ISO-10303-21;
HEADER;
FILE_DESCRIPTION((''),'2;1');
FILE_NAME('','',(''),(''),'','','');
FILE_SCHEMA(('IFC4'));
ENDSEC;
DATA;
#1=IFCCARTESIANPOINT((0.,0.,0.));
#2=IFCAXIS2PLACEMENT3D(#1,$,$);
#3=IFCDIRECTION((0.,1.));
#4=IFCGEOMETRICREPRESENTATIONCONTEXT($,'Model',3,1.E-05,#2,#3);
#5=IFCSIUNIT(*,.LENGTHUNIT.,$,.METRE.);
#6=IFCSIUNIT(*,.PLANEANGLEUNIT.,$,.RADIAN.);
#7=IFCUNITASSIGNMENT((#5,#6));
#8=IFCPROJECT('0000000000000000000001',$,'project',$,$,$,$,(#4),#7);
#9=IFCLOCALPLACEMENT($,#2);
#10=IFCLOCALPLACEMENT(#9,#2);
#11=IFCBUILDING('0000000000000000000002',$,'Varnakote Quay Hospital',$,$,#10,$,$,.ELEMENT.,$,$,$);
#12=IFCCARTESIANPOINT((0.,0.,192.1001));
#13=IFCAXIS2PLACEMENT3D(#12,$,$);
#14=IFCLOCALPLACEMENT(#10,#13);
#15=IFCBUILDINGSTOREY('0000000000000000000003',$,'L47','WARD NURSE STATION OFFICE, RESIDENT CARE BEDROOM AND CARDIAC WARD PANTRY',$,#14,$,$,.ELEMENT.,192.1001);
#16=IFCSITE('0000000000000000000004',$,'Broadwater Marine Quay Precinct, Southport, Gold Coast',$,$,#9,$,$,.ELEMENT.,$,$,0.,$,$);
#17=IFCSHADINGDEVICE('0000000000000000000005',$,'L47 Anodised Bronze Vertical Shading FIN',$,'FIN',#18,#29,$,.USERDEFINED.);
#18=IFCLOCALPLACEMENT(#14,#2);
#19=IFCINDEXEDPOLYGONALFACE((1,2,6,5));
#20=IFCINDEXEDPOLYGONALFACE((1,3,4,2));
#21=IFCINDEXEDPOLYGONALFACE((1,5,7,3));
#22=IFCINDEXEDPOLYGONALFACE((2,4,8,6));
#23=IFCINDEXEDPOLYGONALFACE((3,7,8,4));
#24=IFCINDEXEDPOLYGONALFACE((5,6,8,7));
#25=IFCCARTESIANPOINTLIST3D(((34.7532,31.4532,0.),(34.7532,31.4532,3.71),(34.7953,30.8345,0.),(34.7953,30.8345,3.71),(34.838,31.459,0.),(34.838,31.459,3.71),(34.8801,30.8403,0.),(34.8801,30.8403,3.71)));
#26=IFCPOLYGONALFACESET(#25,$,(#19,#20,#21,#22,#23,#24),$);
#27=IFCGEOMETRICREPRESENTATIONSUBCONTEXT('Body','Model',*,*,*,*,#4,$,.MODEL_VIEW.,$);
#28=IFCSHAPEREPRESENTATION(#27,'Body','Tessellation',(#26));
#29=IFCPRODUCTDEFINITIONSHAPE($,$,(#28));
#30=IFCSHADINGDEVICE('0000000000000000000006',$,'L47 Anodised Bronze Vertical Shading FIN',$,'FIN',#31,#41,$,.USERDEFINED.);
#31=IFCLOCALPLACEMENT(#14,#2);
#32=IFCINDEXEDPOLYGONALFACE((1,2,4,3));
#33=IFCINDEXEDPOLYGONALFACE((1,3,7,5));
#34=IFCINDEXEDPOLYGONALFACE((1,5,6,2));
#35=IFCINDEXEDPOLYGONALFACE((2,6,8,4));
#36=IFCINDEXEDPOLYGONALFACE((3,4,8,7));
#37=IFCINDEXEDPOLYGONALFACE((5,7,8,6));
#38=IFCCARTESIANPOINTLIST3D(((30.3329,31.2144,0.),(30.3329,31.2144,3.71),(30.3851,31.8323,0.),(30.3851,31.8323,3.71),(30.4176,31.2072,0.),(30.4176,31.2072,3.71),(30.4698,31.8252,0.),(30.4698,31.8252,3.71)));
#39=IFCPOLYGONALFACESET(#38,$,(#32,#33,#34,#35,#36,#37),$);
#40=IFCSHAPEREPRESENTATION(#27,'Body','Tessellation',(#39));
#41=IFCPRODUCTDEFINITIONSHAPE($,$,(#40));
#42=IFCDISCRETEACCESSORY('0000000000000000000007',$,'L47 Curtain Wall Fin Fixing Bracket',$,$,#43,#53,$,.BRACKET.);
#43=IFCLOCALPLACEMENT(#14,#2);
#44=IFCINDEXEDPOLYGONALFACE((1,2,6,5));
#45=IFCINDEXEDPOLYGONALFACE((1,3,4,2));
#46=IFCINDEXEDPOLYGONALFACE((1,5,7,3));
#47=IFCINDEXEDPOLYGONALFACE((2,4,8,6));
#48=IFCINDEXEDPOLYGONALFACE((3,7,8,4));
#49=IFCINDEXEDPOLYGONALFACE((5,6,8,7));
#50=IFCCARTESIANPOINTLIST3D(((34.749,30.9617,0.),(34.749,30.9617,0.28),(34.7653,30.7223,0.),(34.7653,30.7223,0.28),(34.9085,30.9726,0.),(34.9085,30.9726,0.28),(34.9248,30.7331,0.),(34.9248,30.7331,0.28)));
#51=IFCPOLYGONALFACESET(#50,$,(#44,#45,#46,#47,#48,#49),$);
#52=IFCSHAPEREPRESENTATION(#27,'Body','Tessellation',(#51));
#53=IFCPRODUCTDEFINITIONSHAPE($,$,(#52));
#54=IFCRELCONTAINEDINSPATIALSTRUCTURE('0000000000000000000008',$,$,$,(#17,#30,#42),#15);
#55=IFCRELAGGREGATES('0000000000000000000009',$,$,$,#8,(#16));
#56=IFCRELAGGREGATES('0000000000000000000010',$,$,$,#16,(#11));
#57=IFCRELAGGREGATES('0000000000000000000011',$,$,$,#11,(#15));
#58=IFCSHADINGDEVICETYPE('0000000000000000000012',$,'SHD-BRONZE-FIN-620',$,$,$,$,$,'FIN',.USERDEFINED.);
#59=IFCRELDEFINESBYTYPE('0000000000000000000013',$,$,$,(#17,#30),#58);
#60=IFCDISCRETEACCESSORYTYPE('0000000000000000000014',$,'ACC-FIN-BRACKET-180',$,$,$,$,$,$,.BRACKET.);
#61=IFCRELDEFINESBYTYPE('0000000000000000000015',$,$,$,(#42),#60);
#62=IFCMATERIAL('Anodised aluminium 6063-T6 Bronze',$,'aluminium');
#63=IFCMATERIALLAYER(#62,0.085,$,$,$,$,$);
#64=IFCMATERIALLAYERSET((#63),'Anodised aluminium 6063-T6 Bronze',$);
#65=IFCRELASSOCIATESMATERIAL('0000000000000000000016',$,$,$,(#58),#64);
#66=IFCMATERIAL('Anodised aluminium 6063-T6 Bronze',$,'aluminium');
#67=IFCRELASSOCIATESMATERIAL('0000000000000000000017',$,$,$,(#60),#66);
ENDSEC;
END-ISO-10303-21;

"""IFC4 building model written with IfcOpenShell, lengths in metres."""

from ifc_helpers import new_model, si_unit, direction, frame, origin, origin_2d, place, context, subcontext, project, spatial, rectangle, extrude, material, layer, layer_set, type_object, element, save


model = new_model("IFC4")

# Units and contexts
model_context = context("Model", 3, precision=1e-05, world=origin(), true_north=direction((0.0, 1.0)))
body_context = subcontext(model_context, "Body", "Model", "MODEL_VIEW")
ifc_project = project(units=[si_unit("LENGTHUNIT", "METRE"), si_unit("PLANEANGLEUNIT", "RADIAN")], contexts=[model_context])

# Site, building, storey
site_placement = place(None, origin())
site = spatial("IfcSite", under=ifc_project, at=site_placement, Name="Broadwater Marine Quay Precinct, Southport, Gold Coast", CompositionType="ELEMENT", RefElevation=0.0)
building_placement = place(site_placement, origin())
building = spatial("IfcBuilding", under=site, at=building_placement, Name="Varnakote Quay Hospital", CompositionType="ELEMENT")
storey_placement = place(building_placement, frame((0.0, 0.0, 192.1001)))
storey = spatial("IfcBuildingStorey", under=building, at=storey_placement, Name="L47", Description="WARD NURSE STATION OFFICE, RESIDENT CARE BEDROOM AND CARDIAC WARD PANTRY", CompositionType="ELEMENT", Elevation=192.1001)

# Shading devices
ifc_material_1 = material(Name="Anodised aluminium 6063-T6 Bronze", Category="aluminium")
ifc_layer_1 = layer(ifc_material_1, 0.085)
ifc_layer_set_1 = layer_set([ifc_layer_1], Name="Anodised aluminium 6063-T6 Bronze")
shading_device_type = type_object("IfcShadingDeviceType", Name="SHD-BRONZE-FIN-620", ElementType="FIN", PredefinedType="USERDEFINED", material=ifc_layer_set_1)
for number, where, z_axis, x_axis, name in (
    (1, (34.8167, 31.1467, 0.0), (0.0, 0.0, 1.0), (0.067841, -0.997696, 0.0), "L47 Anodised Bronze Vertical Shading FIN"),
    (2, (30.4014, 31.5198, 0.0), (0.0, 0.0, 1.0), (-0.0842, -0.996449, 0.0), "L47 Anodised Bronze Vertical Shading FIN"),
):
    element("IfcShadingDevice", number, at=place(storey_placement, frame(where, z_axis=z_axis, x_axis=x_axis)), inside=storey, type_object=shading_device_type, Name=name, ObjectType="FIN", PredefinedType="USERDEFINED", context=body_context, shape_type="SweptSolid", body=[
        extrude(rectangle(XDim=0.6201, YDim=0.085, at=origin_2d()), origin(), (0.0, 0.0, 1.0), 3.71),
    ])

# Discrete accessory
ifc_material_2 = material(Name="Anodised aluminium 6063-T6 Bronze", Category="aluminium")
discrete_accessory_type = type_object("IfcDiscreteAccessoryType", Name="ACC-FIN-BRACKET-180", PredefinedType="BRACKET", material=ifc_material_2)
discrete_accessory_placement = place(storey_placement, frame((34.8369, 30.8474, 0.0), z_axis=(0.0, 0.0, 1.0), x_axis=(-0.997696, -0.067841, 0.0)))
element("IfcDiscreteAccessory", 3, at=discrete_accessory_placement, inside=storey, type_object=discrete_accessory_type, Name="L47 Curtain Wall Fin Fixing Bracket", PredefinedType="BRACKET", context=body_context, shape_type="SweptSolid", body=[
    extrude(rectangle(XDim=0.1599, YDim=0.24, at=origin_2d()), origin(), (0.0, 0.0, 1.0), 0.28),
])

save(model, "model.ifc")
